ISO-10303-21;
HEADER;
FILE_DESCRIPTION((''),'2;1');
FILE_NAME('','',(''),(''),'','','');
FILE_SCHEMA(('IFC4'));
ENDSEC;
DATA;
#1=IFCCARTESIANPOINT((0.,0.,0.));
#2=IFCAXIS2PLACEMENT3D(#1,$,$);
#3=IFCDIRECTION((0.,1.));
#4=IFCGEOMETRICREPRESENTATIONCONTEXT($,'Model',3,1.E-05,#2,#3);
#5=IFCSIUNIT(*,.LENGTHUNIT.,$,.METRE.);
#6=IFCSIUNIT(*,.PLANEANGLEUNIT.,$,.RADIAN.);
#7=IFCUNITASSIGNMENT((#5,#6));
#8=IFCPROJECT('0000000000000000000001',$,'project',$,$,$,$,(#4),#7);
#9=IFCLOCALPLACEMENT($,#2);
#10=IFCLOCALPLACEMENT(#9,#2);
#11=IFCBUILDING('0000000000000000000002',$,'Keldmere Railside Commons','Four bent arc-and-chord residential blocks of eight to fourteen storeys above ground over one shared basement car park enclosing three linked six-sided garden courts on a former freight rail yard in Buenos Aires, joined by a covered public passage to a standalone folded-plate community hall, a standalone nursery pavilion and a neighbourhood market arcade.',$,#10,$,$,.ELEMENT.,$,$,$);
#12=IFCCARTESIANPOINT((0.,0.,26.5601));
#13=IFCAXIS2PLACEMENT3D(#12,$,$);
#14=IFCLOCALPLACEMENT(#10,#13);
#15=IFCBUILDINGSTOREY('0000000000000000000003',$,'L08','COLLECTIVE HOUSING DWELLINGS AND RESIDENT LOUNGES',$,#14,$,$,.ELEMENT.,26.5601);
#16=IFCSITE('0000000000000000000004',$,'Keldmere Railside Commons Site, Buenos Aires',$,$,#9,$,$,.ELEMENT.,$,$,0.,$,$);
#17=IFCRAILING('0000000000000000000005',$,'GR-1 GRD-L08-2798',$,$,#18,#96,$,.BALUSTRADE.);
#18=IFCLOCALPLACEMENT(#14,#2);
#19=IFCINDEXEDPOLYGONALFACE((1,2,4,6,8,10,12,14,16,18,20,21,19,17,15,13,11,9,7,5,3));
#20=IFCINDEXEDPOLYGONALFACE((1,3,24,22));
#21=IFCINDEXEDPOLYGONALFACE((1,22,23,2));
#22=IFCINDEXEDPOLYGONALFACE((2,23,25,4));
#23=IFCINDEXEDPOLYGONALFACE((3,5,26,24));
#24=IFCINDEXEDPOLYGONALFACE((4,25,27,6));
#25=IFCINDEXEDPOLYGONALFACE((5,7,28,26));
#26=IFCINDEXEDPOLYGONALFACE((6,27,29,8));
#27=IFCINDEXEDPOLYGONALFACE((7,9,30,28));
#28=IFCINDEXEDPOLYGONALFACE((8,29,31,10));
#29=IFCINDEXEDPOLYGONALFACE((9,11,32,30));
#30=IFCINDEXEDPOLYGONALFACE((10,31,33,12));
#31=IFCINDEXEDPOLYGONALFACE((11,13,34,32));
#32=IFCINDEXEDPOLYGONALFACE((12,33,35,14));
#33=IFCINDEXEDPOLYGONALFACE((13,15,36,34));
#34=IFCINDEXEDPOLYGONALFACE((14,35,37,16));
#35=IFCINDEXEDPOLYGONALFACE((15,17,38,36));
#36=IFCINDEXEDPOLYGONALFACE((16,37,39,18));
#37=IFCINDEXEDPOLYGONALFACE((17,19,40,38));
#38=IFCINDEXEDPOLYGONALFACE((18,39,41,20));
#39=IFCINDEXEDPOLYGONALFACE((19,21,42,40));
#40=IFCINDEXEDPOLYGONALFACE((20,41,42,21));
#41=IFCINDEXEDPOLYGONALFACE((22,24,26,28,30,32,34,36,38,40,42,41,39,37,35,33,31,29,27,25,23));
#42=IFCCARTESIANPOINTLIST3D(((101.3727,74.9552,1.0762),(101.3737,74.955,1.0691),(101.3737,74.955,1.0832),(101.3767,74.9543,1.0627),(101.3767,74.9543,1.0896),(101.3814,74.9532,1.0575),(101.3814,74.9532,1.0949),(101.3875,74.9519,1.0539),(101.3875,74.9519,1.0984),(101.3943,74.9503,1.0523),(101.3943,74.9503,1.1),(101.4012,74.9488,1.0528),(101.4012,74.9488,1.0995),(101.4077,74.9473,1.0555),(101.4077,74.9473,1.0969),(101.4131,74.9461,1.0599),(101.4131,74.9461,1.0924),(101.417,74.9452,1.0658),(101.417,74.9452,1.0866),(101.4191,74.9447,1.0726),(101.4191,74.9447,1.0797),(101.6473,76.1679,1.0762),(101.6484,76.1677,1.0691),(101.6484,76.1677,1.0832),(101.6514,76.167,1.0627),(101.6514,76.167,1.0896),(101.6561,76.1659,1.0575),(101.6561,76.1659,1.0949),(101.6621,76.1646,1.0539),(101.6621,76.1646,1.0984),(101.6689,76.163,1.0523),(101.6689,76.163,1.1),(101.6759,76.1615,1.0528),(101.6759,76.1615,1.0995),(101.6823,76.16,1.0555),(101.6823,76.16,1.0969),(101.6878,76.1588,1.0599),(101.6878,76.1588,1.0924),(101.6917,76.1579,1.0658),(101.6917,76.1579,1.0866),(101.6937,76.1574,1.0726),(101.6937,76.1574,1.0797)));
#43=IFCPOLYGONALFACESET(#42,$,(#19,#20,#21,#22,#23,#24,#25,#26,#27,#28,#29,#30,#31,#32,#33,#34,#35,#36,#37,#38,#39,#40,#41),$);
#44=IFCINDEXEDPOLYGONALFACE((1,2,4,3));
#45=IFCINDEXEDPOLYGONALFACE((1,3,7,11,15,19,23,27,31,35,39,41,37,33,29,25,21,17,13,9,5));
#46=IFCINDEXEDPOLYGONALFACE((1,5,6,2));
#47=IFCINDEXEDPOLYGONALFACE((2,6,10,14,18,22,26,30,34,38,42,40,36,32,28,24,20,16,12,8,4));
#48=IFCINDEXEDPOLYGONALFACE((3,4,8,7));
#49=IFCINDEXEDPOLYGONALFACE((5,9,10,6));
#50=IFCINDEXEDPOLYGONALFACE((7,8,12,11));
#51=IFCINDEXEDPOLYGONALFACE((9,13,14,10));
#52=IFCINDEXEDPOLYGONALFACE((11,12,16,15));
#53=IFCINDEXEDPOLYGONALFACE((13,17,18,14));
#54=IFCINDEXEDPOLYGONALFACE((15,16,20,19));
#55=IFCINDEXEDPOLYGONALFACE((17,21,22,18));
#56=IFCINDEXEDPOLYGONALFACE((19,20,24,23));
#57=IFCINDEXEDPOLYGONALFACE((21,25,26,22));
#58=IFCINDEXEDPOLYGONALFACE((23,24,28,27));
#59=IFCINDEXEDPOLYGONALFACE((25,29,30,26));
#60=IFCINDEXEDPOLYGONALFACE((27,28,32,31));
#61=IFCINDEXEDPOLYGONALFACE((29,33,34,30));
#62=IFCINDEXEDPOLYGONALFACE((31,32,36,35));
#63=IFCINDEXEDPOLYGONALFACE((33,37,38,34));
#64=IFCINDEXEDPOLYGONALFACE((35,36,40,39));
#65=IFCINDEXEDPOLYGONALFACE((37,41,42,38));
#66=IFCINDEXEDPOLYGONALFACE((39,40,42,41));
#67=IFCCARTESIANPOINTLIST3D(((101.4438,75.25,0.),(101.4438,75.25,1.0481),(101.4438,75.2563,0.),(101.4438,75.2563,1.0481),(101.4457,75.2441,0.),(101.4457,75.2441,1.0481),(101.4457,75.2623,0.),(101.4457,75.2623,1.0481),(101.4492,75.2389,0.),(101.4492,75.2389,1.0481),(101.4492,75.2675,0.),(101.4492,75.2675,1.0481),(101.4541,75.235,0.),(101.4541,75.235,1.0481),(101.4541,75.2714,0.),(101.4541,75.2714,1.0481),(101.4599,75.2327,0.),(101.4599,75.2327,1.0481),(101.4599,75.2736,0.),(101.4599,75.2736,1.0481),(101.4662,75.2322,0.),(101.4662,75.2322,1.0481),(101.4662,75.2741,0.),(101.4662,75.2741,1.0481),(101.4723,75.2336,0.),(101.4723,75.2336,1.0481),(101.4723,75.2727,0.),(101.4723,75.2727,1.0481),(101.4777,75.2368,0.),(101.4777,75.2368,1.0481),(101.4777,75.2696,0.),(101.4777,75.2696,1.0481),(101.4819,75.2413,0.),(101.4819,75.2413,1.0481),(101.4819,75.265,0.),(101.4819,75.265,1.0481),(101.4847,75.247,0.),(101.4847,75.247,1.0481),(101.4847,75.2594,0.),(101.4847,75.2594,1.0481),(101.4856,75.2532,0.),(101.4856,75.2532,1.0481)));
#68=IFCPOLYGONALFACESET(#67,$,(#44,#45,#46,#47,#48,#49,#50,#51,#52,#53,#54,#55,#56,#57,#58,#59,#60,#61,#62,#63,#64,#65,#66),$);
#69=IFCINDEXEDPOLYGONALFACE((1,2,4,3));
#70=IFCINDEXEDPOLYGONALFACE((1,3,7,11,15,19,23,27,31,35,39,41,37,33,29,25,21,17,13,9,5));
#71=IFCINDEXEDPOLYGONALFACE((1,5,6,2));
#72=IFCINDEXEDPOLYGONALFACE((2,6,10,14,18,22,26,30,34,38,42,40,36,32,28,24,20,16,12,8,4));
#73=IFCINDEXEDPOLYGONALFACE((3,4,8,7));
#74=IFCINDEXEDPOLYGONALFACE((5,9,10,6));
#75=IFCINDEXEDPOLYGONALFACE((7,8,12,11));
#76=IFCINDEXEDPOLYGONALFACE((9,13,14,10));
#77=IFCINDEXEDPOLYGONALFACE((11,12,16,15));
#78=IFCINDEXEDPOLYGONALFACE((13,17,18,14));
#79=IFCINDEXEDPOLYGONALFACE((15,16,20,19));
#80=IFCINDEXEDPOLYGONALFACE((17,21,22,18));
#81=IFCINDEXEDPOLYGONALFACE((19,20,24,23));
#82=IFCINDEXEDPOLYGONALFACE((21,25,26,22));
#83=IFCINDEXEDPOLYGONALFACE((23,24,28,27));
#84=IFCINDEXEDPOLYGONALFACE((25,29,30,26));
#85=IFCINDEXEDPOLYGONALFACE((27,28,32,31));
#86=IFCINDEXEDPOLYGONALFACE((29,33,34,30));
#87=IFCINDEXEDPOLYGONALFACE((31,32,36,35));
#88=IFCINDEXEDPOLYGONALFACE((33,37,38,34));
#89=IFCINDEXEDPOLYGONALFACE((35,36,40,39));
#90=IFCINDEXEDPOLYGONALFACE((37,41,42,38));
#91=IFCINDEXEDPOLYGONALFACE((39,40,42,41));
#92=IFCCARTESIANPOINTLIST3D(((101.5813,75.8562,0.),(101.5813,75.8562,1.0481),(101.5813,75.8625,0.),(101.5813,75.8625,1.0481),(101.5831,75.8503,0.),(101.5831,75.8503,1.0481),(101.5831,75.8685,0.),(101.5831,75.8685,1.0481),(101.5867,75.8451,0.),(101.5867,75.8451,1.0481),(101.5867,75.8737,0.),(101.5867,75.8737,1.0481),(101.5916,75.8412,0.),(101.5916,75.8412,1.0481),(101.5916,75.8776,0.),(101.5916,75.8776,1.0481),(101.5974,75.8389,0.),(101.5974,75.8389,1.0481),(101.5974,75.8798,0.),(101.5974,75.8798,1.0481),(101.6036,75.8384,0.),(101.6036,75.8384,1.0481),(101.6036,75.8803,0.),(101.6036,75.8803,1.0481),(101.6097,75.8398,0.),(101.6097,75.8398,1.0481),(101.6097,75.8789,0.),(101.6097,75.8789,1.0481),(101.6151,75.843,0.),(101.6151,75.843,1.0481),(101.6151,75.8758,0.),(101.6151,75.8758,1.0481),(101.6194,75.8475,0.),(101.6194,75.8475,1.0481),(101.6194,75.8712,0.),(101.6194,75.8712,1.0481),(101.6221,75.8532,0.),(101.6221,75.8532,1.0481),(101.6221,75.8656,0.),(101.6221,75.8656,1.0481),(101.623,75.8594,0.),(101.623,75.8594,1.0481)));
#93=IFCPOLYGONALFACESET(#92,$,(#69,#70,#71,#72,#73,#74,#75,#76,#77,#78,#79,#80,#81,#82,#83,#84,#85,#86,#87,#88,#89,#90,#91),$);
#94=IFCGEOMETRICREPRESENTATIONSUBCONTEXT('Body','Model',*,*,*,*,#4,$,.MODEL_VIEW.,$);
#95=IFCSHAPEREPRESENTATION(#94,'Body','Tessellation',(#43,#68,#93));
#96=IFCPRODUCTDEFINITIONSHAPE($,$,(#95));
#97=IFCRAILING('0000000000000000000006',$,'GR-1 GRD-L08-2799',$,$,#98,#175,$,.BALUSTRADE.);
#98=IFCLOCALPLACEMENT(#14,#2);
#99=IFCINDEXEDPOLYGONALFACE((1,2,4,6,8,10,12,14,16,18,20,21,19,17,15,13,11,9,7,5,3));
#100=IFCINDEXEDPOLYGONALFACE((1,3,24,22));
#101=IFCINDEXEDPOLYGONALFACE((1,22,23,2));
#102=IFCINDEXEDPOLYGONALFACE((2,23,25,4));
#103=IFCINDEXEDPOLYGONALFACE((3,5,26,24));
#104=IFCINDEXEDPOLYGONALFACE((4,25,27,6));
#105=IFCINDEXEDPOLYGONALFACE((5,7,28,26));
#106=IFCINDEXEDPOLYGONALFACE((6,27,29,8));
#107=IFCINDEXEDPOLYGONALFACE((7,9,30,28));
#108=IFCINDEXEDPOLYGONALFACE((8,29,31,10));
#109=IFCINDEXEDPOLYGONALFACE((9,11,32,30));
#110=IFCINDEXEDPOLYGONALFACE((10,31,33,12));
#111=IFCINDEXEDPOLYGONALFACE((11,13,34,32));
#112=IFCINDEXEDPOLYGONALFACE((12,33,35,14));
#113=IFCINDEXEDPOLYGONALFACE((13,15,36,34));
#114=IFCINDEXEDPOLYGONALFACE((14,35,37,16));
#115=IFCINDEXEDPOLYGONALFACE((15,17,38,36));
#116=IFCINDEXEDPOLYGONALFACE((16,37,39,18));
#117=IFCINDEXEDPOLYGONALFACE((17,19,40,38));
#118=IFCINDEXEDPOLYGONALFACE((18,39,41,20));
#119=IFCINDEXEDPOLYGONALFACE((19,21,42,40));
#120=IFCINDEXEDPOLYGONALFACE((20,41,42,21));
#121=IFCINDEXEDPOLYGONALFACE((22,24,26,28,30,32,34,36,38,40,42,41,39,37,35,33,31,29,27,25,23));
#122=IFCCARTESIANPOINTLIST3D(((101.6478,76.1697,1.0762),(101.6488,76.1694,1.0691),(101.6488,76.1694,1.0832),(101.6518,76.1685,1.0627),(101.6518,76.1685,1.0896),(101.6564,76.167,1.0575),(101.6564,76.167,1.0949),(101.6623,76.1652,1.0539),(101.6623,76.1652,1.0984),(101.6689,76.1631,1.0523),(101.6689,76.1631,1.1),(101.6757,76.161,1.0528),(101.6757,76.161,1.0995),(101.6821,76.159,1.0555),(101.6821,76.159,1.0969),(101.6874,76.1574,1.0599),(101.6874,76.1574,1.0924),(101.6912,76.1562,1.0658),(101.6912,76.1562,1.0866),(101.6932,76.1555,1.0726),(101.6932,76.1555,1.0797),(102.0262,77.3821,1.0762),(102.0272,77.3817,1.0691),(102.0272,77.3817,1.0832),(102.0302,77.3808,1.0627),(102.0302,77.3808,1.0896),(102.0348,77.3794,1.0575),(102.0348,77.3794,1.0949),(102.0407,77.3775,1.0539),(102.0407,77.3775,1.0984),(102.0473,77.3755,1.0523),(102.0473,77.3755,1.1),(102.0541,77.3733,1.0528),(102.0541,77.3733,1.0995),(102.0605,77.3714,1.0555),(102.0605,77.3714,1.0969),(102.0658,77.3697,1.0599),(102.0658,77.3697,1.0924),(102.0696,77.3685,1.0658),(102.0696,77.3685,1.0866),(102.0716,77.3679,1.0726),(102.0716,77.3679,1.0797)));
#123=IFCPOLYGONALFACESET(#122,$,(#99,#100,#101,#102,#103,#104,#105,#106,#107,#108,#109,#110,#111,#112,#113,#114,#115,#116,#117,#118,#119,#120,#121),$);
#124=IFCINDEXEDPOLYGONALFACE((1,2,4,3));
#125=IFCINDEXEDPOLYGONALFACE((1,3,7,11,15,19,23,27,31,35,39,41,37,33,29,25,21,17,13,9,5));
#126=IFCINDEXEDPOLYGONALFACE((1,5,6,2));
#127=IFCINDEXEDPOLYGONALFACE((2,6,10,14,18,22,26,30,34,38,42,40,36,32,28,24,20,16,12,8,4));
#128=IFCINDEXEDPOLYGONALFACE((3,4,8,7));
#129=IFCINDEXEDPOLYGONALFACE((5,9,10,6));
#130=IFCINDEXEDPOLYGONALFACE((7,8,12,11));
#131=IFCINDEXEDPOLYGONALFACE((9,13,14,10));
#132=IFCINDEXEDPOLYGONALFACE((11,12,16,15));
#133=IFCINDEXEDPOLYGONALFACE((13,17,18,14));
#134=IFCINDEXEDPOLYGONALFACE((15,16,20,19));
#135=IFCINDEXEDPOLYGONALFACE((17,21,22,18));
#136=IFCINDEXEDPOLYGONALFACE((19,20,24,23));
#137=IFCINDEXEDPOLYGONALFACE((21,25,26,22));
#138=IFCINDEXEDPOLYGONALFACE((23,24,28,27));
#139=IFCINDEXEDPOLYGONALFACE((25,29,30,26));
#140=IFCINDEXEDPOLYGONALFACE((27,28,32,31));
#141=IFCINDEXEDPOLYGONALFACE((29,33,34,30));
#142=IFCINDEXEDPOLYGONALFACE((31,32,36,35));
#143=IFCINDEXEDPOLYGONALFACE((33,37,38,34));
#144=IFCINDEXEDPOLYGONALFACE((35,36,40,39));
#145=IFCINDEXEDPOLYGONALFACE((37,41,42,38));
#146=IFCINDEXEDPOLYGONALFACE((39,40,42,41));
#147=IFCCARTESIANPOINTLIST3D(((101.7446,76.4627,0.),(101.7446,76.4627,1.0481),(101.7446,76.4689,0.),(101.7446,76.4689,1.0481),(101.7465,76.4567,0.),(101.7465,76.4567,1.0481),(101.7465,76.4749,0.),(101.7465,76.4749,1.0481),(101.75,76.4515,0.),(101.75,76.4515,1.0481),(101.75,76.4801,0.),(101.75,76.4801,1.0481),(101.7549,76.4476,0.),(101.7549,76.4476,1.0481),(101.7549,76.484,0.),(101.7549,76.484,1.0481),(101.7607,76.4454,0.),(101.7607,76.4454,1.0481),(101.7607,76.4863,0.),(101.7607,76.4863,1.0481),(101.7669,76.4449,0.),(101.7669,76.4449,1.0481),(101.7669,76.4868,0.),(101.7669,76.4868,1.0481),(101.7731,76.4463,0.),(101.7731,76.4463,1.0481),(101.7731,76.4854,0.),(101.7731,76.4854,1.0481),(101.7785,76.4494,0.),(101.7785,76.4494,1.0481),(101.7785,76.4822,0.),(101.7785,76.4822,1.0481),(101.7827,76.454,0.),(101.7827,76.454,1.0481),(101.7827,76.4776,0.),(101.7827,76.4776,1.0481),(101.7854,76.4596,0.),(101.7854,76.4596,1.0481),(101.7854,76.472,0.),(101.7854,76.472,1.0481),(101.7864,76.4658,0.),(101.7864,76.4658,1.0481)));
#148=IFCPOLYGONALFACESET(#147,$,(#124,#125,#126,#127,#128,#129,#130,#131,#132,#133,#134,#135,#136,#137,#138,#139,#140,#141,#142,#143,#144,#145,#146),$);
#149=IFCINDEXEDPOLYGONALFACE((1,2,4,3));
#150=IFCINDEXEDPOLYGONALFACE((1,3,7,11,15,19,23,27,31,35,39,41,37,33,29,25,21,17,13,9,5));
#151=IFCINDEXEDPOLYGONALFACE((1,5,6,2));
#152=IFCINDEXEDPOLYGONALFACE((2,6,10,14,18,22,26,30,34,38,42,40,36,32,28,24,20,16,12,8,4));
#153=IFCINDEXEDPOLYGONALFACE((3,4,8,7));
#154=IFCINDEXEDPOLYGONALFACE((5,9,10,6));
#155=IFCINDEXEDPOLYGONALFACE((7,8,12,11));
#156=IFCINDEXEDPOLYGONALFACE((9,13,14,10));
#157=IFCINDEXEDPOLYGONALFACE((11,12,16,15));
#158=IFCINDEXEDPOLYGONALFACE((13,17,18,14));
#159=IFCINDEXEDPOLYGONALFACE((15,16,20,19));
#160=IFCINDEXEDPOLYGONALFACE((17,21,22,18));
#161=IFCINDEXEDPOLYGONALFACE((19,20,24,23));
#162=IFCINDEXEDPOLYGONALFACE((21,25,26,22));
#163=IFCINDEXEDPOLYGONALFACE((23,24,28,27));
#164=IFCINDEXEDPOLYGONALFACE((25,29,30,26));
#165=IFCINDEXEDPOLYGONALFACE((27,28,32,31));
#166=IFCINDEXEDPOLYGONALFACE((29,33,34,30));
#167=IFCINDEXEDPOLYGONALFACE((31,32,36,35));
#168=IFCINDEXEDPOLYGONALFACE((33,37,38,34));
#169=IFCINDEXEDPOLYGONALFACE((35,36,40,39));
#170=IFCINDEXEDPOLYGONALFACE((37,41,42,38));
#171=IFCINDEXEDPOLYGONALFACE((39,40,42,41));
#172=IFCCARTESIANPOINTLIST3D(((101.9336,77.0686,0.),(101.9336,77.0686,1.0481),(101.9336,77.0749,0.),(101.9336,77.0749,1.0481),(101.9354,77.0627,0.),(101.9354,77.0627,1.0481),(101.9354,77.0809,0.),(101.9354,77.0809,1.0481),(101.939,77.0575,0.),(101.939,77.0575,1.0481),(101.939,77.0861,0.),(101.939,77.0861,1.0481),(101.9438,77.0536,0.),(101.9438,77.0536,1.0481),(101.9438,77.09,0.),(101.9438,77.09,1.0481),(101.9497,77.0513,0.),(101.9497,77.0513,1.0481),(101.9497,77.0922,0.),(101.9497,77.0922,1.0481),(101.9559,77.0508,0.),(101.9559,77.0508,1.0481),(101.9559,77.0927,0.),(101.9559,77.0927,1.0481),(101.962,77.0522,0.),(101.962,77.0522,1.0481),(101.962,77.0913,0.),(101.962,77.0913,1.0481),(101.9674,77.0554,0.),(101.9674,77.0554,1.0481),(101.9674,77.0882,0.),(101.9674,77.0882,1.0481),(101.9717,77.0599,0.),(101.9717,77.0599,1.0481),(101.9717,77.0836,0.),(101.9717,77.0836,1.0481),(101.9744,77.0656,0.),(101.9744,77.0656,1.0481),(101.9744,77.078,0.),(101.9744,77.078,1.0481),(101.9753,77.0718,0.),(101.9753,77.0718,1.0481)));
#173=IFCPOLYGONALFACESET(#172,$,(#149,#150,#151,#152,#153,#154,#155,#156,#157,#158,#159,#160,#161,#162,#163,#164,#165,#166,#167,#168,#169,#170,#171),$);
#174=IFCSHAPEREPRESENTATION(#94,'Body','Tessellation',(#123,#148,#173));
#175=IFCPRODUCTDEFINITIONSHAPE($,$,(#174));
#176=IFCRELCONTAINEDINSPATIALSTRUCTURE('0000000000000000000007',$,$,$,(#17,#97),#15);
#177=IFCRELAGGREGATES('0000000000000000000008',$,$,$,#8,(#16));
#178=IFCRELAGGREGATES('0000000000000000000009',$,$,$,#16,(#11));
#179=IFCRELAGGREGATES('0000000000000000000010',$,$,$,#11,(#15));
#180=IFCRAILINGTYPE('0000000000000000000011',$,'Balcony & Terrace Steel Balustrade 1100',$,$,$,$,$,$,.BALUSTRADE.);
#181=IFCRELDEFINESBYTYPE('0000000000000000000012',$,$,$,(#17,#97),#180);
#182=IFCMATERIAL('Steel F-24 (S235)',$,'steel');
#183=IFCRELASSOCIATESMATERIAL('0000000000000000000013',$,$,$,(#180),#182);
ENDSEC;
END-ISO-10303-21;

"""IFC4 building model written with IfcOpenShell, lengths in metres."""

from ifc_helpers import new_model, si_unit, direction, frame, origin, origin_2d, place, context, subcontext, project, spatial, circle, extrude, material, type_object, element, save


model = new_model("IFC4")

# Units and contexts
model_context = context("Model", 3, precision=1e-05, world=origin(), true_north=direction((0.0, 1.0)))
body_context = subcontext(model_context, "Body", "Model", "MODEL_VIEW")
ifc_project = project(units=[si_unit("LENGTHUNIT", "METRE"), si_unit("PLANEANGLEUNIT", "RADIAN")], contexts=[model_context])

# Site, building, storey
site_placement = place(None, origin())
site = spatial("IfcSite", under=ifc_project, at=site_placement, Name="Keldmere Railside Commons Site, Buenos Aires", CompositionType="ELEMENT", RefElevation=0.0)
building_placement = place(site_placement, origin())
building = spatial("IfcBuilding", under=site, at=building_placement, Name="Keldmere Railside Commons", Description="Four bent arc-and-chord residential blocks of eight to fourteen storeys above ground over one shared basement car park enclosing three linked six-sided garden courts on a former freight rail yard in Buenos Aires, joined by a covered public passage to a standalone folded-plate community hall, a standalone nursery pavilion and a neighbourhood market arcade.", CompositionType="ELEMENT")
storey_placement = place(building_placement, frame((0.0, 0.0, 26.5601)))
storey = spatial("IfcBuildingStorey", under=building, at=storey_placement, Name="L08", Description="COLLECTIVE HOUSING DWELLINGS AND RESIDENT LOUNGES", CompositionType="ELEMENT", Elevation=26.5601)

# Railings
ifc_material_1 = material(Name="Steel F-24 (S235)", Category="steel")
railing_type_1 = type_object("IfcRailingType", Name="Balcony & Terrace Steel Balustrade 1100", PredefinedType="BALUSTRADE", material=ifc_material_1)
railing_1_placement = place(storey_placement, frame((101.396, 74.95, 0.0)))
element("IfcRailing", 1, at=railing_1_placement, inside=storey, type_object=railing_type_1, Name="GR-1 GRD-L08-2798", PredefinedType="BALUSTRADE", context=body_context, shape_type="SweptSolid", body=[
    extrude(circle(Radius=0.0239, at=origin_2d()), frame((0.0, 0.0, 1.0762), z_axis=(0.2209, 0.975297, 0.0), x_axis=(-0.975297, 0.2209, 0.0)), (0.0, 0.0, 1.0), 1.2434),
    extrude(circle(Radius=0.021, at=origin_2d()), frame((0.0686, 0.3032, 0.0)), (0.0, 0.0, 1.0), 1.0481),
    extrude(circle(Radius=0.021, at=origin_2d()), frame((0.2061, 0.9094, 0.0)), (0.0, 0.0, 1.0), 1.0481),
])
railing_2_placement = place(storey_placement, frame((101.6707, 76.1626, 0.0)))
element("IfcRailing", 2, at=railing_2_placement, inside=storey, type_object=railing_type_1, Name="GR-1 GRD-L08-2799", PredefinedType="BALUSTRADE", context=body_context, shape_type="SweptSolid", body=[
    extrude(circle(Radius=0.0239, at=origin_2d()), frame((0.0, 0.0, 1.0762), z_axis=(0.297947, 0.954583, 0.0), x_axis=(-0.954583, 0.297947, 0.0)), (0.0, 0.0, 1.0), 1.27),
    extrude(circle(Radius=0.021, at=origin_2d()), frame((0.0947, 0.3032, 0.0)), (0.0, 0.0, 1.0), 1.0481),
    extrude(circle(Radius=0.021, at=origin_2d()), frame((0.2837, 0.9092, 0.0)), (0.0, 0.0, 1.0), 1.0481),
])

save(model, "model.ifc")
